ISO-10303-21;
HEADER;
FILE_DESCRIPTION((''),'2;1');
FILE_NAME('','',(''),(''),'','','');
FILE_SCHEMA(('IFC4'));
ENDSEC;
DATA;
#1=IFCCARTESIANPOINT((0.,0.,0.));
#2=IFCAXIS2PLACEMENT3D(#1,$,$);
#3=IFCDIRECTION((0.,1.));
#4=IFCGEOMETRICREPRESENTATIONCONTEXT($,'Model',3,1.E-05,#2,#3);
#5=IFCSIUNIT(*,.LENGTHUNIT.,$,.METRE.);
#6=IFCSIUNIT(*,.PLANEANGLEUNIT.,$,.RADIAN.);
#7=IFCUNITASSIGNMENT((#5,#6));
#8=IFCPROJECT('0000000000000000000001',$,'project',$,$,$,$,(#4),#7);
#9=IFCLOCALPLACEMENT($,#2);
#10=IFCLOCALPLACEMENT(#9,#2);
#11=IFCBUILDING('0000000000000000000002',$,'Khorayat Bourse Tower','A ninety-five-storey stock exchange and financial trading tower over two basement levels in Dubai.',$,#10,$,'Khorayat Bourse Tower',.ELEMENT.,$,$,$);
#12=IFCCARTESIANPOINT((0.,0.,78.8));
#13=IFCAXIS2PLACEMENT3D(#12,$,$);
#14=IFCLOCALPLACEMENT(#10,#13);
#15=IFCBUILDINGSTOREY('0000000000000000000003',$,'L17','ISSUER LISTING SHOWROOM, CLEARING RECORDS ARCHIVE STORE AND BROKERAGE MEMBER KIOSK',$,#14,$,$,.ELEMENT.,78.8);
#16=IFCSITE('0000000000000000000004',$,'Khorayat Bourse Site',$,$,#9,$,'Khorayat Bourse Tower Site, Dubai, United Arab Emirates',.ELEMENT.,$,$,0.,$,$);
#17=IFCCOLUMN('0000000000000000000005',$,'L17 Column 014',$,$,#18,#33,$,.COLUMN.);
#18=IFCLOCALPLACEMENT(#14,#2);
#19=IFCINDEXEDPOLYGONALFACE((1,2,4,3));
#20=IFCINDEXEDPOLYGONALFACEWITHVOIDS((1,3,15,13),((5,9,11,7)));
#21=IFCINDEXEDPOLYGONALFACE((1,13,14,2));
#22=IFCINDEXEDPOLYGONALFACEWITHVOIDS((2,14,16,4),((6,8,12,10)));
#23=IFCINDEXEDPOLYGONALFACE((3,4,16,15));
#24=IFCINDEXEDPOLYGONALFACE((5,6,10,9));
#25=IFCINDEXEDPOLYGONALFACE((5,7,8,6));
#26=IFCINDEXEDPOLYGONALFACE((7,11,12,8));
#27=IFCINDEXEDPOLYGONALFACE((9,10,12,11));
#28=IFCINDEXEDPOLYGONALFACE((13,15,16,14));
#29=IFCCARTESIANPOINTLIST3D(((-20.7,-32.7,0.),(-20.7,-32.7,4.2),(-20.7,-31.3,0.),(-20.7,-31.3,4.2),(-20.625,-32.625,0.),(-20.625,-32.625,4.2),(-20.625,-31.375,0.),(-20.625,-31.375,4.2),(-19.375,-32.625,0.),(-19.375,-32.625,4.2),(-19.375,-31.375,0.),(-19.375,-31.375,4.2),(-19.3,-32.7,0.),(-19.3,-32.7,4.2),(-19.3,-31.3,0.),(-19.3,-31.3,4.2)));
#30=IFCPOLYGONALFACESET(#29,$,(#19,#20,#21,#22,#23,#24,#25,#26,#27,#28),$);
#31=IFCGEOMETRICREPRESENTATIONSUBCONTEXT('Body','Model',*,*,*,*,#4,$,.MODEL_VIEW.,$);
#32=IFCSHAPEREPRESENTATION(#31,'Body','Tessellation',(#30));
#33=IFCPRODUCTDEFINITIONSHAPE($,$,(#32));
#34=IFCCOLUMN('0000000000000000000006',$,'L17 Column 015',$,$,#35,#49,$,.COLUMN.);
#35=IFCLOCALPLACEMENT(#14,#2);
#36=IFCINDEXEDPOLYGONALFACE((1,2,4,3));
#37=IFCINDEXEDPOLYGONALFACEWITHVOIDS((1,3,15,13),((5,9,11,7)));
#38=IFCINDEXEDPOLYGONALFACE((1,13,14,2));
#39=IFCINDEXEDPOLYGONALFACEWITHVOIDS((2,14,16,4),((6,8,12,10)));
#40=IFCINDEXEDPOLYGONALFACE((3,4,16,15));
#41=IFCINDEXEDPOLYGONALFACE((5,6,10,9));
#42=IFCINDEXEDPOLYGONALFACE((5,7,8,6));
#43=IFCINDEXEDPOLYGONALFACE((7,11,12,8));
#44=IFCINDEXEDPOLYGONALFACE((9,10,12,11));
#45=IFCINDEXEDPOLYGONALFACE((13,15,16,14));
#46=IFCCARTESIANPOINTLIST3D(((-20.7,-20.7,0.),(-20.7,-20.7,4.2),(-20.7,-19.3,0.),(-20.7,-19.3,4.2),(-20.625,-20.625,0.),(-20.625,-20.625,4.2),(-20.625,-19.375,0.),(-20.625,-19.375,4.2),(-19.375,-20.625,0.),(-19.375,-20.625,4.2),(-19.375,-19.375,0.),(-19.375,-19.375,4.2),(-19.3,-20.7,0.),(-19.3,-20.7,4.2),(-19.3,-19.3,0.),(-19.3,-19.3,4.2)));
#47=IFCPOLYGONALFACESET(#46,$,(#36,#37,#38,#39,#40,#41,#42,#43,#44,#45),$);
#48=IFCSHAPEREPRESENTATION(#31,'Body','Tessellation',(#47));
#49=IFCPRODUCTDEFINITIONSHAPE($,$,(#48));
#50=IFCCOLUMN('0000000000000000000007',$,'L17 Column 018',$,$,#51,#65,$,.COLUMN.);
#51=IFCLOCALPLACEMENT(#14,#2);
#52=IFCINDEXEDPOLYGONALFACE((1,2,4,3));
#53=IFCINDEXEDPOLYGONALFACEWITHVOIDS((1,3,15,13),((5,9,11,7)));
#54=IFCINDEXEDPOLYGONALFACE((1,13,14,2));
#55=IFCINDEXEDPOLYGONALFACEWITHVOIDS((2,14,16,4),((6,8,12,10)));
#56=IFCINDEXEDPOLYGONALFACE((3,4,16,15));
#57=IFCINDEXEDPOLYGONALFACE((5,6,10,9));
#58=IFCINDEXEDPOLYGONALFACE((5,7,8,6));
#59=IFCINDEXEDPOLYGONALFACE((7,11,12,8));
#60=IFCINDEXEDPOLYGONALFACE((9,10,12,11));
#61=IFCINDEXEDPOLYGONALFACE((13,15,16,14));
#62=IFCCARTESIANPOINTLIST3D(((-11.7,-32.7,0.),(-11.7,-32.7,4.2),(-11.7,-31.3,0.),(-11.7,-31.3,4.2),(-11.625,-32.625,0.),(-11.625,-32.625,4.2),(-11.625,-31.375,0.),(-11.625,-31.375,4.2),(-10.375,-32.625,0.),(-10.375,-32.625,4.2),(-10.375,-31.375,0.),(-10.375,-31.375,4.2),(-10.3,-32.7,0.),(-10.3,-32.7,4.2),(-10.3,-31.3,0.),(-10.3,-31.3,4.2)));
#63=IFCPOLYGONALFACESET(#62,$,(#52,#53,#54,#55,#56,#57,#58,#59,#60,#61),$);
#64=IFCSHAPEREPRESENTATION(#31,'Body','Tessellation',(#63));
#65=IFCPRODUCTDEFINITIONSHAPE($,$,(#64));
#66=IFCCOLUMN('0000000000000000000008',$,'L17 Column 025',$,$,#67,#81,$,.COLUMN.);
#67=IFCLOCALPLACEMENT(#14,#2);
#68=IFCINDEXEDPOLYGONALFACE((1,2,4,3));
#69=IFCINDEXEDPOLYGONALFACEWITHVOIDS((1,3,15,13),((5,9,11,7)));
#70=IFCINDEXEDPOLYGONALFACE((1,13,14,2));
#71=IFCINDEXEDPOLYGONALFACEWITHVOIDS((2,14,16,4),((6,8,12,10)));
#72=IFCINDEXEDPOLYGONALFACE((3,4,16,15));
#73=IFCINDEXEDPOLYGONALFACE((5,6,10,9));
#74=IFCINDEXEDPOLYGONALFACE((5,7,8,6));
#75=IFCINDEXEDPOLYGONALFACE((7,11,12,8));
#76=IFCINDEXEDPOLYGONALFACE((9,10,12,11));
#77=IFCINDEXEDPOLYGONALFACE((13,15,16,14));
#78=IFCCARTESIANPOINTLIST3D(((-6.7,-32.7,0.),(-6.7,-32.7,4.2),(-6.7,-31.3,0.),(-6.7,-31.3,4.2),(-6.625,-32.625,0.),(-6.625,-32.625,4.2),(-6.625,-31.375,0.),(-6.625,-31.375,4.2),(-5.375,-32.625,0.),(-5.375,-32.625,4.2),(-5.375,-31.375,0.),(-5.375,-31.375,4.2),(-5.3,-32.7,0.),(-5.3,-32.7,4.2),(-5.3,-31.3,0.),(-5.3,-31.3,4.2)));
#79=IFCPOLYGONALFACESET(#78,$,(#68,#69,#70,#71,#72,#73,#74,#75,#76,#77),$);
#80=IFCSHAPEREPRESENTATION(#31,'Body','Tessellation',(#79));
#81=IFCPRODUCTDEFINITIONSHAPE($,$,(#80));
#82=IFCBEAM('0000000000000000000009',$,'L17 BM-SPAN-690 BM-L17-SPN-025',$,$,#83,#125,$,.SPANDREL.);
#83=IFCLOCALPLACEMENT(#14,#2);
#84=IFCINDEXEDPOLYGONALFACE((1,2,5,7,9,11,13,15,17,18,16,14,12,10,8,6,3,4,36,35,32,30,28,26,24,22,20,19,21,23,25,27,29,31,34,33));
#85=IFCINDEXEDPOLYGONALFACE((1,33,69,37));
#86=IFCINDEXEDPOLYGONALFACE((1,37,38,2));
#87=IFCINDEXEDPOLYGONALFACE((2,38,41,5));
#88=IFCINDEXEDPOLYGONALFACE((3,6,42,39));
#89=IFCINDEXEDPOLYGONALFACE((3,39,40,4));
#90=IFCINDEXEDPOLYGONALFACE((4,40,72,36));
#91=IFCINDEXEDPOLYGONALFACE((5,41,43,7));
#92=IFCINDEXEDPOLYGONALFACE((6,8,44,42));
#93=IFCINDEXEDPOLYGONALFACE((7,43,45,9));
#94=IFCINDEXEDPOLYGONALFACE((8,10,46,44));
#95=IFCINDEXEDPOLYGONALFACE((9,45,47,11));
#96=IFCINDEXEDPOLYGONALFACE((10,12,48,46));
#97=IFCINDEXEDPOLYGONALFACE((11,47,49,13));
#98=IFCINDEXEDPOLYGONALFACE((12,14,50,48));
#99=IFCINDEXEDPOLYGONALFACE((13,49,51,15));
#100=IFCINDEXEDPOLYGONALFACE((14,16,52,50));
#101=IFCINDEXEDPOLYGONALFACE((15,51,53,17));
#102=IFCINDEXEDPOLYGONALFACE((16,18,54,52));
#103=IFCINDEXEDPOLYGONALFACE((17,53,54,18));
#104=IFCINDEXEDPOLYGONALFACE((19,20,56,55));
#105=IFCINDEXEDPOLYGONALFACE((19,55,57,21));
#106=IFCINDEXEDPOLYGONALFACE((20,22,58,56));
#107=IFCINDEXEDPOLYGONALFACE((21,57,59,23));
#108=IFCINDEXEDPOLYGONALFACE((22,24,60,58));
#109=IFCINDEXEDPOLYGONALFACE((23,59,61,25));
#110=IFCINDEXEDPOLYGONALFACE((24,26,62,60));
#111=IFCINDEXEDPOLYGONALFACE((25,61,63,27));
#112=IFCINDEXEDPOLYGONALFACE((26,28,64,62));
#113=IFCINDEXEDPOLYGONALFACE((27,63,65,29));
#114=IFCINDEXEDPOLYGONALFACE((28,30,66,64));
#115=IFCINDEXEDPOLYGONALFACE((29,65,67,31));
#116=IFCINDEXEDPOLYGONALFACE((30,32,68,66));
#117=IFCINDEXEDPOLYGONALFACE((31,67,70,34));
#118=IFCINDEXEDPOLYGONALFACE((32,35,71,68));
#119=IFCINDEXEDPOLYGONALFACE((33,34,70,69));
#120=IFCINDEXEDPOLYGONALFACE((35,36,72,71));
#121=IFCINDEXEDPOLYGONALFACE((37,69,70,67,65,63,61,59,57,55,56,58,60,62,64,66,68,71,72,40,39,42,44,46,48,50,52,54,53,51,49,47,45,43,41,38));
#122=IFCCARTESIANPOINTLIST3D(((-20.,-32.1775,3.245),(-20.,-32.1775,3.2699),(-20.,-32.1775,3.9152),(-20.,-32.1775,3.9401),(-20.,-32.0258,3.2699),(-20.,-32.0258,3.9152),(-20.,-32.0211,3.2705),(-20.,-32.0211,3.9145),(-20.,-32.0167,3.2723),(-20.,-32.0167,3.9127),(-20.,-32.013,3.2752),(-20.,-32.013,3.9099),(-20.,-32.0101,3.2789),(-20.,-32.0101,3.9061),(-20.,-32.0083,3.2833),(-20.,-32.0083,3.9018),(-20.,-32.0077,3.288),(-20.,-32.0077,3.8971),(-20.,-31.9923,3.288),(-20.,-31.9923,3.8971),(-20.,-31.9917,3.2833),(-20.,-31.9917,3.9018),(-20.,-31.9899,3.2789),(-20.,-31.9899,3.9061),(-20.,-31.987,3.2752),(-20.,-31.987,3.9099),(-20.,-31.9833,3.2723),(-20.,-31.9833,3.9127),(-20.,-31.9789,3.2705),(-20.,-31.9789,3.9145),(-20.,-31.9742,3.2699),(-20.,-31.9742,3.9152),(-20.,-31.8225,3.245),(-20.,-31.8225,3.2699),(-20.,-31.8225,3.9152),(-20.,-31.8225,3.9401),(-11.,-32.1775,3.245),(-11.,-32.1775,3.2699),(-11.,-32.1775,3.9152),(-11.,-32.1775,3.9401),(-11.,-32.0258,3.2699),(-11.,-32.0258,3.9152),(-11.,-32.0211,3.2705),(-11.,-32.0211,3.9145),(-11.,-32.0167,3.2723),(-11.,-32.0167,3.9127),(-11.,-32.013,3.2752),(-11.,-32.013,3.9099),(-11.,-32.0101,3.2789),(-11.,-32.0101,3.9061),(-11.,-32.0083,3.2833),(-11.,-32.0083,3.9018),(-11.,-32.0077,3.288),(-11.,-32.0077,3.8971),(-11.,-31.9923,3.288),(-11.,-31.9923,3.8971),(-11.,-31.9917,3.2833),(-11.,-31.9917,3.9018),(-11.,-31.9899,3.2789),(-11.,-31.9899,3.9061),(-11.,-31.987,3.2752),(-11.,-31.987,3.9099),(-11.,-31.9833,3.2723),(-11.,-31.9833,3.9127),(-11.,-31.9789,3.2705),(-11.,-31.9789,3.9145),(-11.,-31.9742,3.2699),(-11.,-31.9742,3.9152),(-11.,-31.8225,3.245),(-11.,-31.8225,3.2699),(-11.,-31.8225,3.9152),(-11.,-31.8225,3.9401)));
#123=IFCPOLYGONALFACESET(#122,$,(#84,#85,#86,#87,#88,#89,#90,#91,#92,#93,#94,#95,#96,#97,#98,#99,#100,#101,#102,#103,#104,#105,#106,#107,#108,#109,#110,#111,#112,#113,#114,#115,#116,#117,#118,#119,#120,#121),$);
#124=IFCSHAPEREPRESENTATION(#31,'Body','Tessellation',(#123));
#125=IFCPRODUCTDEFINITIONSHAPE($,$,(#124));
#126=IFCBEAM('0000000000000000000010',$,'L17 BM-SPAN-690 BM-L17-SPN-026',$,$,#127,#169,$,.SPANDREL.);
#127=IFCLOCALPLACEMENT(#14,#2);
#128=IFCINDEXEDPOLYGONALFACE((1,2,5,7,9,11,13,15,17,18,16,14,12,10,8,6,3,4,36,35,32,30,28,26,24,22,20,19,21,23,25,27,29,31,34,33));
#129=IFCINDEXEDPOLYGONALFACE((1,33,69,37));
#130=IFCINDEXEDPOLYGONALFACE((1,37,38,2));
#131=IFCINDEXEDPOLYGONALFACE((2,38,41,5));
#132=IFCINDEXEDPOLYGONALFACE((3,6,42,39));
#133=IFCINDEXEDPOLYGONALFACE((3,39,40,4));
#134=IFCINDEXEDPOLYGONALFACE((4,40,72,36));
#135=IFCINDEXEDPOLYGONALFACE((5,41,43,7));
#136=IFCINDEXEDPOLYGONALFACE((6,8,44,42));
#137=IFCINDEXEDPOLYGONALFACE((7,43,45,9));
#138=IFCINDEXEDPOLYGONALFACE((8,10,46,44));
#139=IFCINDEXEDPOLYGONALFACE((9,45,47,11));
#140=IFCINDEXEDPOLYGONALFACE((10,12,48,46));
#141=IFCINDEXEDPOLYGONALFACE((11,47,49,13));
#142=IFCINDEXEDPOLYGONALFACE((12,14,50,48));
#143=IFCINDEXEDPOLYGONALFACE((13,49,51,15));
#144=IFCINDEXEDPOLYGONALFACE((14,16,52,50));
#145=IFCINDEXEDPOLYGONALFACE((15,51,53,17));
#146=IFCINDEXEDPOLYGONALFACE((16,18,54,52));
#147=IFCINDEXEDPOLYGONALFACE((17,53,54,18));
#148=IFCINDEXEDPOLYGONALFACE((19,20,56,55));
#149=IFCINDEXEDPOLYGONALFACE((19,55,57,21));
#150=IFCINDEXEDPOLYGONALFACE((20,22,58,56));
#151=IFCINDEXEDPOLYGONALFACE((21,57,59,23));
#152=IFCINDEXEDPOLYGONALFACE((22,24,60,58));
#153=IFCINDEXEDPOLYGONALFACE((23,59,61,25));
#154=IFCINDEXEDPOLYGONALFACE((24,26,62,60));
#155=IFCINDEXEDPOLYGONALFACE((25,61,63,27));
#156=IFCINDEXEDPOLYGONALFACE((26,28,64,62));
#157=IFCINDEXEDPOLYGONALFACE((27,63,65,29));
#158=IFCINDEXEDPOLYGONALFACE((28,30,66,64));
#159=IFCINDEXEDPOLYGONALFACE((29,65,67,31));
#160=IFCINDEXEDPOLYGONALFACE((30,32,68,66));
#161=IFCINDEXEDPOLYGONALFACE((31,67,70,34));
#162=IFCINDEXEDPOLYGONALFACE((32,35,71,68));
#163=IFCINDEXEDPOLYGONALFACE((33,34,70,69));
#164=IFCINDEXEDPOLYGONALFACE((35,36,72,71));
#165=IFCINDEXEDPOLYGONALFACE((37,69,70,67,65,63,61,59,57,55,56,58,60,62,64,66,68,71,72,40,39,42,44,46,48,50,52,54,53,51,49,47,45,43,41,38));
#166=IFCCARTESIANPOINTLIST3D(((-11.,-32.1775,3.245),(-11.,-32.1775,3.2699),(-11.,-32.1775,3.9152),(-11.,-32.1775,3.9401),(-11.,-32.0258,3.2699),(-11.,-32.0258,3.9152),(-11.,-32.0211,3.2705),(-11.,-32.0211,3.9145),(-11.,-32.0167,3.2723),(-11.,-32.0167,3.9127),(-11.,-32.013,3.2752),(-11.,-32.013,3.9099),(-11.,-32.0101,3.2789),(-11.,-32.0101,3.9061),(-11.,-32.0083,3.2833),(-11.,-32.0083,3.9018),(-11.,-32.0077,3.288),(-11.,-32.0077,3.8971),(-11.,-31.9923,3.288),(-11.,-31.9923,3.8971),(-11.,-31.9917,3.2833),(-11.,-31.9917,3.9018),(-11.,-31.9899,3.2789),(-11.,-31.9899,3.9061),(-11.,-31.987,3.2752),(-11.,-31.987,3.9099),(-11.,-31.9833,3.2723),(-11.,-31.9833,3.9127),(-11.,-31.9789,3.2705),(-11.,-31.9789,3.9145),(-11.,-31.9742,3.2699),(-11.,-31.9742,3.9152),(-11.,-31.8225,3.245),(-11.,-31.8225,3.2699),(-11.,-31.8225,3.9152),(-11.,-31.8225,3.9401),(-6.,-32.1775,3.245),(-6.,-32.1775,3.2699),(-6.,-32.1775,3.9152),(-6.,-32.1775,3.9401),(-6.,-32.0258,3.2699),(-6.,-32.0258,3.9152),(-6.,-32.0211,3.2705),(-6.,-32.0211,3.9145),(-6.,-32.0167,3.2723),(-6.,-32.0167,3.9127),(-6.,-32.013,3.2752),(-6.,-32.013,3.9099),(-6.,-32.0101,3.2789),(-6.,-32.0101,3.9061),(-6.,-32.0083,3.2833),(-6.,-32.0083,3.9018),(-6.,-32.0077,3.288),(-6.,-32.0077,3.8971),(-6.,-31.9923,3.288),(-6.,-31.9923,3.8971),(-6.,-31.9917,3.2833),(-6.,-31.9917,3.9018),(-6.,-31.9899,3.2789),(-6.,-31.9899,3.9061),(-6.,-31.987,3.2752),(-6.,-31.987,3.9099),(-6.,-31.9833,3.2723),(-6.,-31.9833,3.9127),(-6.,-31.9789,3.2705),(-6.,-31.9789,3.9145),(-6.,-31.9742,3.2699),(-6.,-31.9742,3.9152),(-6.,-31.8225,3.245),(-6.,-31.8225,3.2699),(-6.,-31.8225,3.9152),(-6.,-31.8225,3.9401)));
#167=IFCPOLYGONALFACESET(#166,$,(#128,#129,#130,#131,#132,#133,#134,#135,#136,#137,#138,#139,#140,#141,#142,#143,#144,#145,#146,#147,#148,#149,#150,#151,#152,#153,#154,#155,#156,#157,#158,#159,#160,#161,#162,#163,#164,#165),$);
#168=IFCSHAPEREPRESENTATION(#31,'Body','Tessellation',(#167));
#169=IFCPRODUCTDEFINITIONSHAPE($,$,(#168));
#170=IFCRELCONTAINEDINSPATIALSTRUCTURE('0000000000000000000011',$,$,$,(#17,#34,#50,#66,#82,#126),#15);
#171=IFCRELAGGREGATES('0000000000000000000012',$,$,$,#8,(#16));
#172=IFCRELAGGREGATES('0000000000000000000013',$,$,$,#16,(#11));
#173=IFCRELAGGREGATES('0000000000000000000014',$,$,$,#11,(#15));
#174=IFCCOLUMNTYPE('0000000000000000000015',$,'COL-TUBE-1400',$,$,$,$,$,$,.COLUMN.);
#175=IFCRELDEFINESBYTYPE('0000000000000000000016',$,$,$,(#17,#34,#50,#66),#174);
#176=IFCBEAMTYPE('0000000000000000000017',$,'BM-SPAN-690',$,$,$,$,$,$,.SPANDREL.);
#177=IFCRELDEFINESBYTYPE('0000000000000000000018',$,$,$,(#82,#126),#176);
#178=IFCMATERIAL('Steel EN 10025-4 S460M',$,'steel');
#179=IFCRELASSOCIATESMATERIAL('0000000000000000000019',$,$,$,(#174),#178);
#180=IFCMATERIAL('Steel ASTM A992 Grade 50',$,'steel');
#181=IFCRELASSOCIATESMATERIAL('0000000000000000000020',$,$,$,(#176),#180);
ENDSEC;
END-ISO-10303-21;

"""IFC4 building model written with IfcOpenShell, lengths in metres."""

from ifc_helpers import new_model, si_unit, direction, frame, origin, origin_2d, place, context, subcontext, project, spatial, hollow_rectangle, i_section, extrude, source, transform, mapped, material, material_profile, profile_set, type_object, element, save


model = new_model("IFC4")

# Units and contexts
model_context = context("Model", 3, precision=1e-05, world=origin(), true_north=direction((0.0, 1.0)))
body_context = subcontext(model_context, "Body", "Model", "MODEL_VIEW")
ifc_project = project(units=[si_unit("LENGTHUNIT", "METRE"), si_unit("PLANEANGLEUNIT", "RADIAN")], contexts=[model_context])

# Site, building, storey
site_placement = place(None, origin())
site = spatial("IfcSite", under=ifc_project, at=site_placement, Name="Khorayat Bourse Site", LongName="Khorayat Bourse Tower Site, Dubai, United Arab Emirates", CompositionType="ELEMENT", RefElevation=0.0)
building_placement = place(site_placement, origin())
building = spatial("IfcBuilding", under=site, at=building_placement, Name="Khorayat Bourse Tower", Description="A ninety-five-storey stock exchange and financial trading tower over two basement levels in Dubai.", LongName="Khorayat Bourse Tower", CompositionType="ELEMENT")
storey_placement = place(building_placement, frame((0.0, 0.0, 78.8)))
storey = spatial("IfcBuildingStorey", under=building, at=storey_placement, Name="L17", Description="ISSUER LISTING SHOWROOM, CLEARING RECORDS ARCHIVE STORE AND BROKERAGE MEMBER KIOSK", CompositionType="ELEMENT", Elevation=78.8)

# Columns
ifc_material_1 = material(Name="Steel EN 10025-4 S460M", Category="steel")
ifc_material_profile_1 = material_profile(ifc_material_1, hollow_rectangle(XDim=1.3999, YDim=1.3999, WallThickness=0.075, at=origin_2d()), Name="BOX 1400x1400x75")
ifc_profile_set_1 = profile_set([ifc_material_profile_1], Name="Steel EN 10025-4 S460M")
column_type = type_object("IfcColumnType", Name="COL-TUBE-1400", PredefinedType="COLUMN", material=ifc_profile_set_1)
shared_shape_1 = source(origin(), body_context, "Body", "SweptSolid", [
    extrude(hollow_rectangle(XDim=1.3999, YDim=1.3999, WallThickness=0.075, at=origin_2d()), origin(), (0.0, 0.0, 1.0), 4.2),
])
for number, where, z_axis, x_axis, name in (
    (1, (-20.0, -32.0, 0.0), (0.0, 0.0, 1.0), (1.0, 0.0, 0.0), "L17 Column 014"),
    (2, (-20.0, -20.0, 0.0), (0.0, 0.0, 1.0), (1.0, 0.0, 0.0), "L17 Column 015"),
    (3, (-11.0, -32.0, 0.0), (0.0, 0.0, 1.0), (1.0, 0.0, 0.0), "L17 Column 018"),
    (4, (-6.0, -32.0, 0.0), (0.0, 0.0, 1.0), (1.0, 0.0, 0.0), "L17 Column 025"),
):
    element("IfcColumn", number, at=place(storey_placement, frame(where, z_axis=z_axis, x_axis=x_axis)), inside=storey, type_object=column_type, Name=name, PredefinedType="COLUMN", context=body_context, shape_type="MappedRepresentation", body=[
        mapped(shared_shape_1, transform((0.0, 0.0, 0.0), scale=1.0)),
    ])

# Beams
ifc_material_2 = material(Name="Steel ASTM A992 Grade 50", Category="steel")
ifc_material_profile_2 = material_profile(ifc_material_2, i_section(OverallWidth=0.355, OverallDepth=0.6951, WebThickness=0.0154, FlangeThickness=0.0249, FilletRadius=0.0181, at=origin_2d()), Name="W690X217")
ifc_profile_set_2 = profile_set([ifc_material_profile_2], Name="Steel ASTM A992 Grade 50")
beam_type_1 = type_object("IfcBeamType", Name="BM-SPAN-690", PredefinedType="SPANDREL", material=ifc_profile_set_2)
shared_shape_2 = source(origin(), body_context, "Body", "SweptSolid", [
    extrude(i_section(OverallWidth=0.355, OverallDepth=0.6951, WebThickness=0.0154, FlangeThickness=0.0249, FilletRadius=0.0181, at=origin_2d()), origin(), (0.0, 0.0, 1.0), 9.0),
])
beam_1_placement = place(storey_placement, frame((-20.0, -32.0, 3.5925), z_axis=(1.0, 0.0, 0.0), x_axis=(0.0, 1.0, 0.0)))
element("IfcBeam", 5, at=beam_1_placement, inside=storey, type_object=beam_type_1, Name="L17 BM-SPAN-690 BM-L17-SPN-025", PredefinedType="SPANDREL", context=body_context, shape_type="MappedRepresentation", body=[
    mapped(shared_shape_2, transform((0.0, 0.0, 0.0), scale=1.0)),
])
shared_shape_3 = source(origin(), body_context, "Body", "SweptSolid", [
    extrude(i_section(OverallWidth=0.355, OverallDepth=0.6951, WebThickness=0.0154, FlangeThickness=0.0249, FilletRadius=0.0181, at=origin_2d()), origin(), (0.0, 0.0, 1.0), 5.0),
])
beam_2_placement = place(storey_placement, frame((-11.0, -32.0, 3.5925), z_axis=(1.0, 0.0, 0.0), x_axis=(0.0, 1.0, 0.0)))
element("IfcBeam", 6, at=beam_2_placement, inside=storey, type_object=beam_type_1, Name="L17 BM-SPAN-690 BM-L17-SPN-026", PredefinedType="SPANDREL", context=body_context, shape_type="MappedRepresentation", body=[
    mapped(shared_shape_3, transform((0.0, 0.0, 0.0), scale=1.0)),
])

save(model, "model.ifc")
